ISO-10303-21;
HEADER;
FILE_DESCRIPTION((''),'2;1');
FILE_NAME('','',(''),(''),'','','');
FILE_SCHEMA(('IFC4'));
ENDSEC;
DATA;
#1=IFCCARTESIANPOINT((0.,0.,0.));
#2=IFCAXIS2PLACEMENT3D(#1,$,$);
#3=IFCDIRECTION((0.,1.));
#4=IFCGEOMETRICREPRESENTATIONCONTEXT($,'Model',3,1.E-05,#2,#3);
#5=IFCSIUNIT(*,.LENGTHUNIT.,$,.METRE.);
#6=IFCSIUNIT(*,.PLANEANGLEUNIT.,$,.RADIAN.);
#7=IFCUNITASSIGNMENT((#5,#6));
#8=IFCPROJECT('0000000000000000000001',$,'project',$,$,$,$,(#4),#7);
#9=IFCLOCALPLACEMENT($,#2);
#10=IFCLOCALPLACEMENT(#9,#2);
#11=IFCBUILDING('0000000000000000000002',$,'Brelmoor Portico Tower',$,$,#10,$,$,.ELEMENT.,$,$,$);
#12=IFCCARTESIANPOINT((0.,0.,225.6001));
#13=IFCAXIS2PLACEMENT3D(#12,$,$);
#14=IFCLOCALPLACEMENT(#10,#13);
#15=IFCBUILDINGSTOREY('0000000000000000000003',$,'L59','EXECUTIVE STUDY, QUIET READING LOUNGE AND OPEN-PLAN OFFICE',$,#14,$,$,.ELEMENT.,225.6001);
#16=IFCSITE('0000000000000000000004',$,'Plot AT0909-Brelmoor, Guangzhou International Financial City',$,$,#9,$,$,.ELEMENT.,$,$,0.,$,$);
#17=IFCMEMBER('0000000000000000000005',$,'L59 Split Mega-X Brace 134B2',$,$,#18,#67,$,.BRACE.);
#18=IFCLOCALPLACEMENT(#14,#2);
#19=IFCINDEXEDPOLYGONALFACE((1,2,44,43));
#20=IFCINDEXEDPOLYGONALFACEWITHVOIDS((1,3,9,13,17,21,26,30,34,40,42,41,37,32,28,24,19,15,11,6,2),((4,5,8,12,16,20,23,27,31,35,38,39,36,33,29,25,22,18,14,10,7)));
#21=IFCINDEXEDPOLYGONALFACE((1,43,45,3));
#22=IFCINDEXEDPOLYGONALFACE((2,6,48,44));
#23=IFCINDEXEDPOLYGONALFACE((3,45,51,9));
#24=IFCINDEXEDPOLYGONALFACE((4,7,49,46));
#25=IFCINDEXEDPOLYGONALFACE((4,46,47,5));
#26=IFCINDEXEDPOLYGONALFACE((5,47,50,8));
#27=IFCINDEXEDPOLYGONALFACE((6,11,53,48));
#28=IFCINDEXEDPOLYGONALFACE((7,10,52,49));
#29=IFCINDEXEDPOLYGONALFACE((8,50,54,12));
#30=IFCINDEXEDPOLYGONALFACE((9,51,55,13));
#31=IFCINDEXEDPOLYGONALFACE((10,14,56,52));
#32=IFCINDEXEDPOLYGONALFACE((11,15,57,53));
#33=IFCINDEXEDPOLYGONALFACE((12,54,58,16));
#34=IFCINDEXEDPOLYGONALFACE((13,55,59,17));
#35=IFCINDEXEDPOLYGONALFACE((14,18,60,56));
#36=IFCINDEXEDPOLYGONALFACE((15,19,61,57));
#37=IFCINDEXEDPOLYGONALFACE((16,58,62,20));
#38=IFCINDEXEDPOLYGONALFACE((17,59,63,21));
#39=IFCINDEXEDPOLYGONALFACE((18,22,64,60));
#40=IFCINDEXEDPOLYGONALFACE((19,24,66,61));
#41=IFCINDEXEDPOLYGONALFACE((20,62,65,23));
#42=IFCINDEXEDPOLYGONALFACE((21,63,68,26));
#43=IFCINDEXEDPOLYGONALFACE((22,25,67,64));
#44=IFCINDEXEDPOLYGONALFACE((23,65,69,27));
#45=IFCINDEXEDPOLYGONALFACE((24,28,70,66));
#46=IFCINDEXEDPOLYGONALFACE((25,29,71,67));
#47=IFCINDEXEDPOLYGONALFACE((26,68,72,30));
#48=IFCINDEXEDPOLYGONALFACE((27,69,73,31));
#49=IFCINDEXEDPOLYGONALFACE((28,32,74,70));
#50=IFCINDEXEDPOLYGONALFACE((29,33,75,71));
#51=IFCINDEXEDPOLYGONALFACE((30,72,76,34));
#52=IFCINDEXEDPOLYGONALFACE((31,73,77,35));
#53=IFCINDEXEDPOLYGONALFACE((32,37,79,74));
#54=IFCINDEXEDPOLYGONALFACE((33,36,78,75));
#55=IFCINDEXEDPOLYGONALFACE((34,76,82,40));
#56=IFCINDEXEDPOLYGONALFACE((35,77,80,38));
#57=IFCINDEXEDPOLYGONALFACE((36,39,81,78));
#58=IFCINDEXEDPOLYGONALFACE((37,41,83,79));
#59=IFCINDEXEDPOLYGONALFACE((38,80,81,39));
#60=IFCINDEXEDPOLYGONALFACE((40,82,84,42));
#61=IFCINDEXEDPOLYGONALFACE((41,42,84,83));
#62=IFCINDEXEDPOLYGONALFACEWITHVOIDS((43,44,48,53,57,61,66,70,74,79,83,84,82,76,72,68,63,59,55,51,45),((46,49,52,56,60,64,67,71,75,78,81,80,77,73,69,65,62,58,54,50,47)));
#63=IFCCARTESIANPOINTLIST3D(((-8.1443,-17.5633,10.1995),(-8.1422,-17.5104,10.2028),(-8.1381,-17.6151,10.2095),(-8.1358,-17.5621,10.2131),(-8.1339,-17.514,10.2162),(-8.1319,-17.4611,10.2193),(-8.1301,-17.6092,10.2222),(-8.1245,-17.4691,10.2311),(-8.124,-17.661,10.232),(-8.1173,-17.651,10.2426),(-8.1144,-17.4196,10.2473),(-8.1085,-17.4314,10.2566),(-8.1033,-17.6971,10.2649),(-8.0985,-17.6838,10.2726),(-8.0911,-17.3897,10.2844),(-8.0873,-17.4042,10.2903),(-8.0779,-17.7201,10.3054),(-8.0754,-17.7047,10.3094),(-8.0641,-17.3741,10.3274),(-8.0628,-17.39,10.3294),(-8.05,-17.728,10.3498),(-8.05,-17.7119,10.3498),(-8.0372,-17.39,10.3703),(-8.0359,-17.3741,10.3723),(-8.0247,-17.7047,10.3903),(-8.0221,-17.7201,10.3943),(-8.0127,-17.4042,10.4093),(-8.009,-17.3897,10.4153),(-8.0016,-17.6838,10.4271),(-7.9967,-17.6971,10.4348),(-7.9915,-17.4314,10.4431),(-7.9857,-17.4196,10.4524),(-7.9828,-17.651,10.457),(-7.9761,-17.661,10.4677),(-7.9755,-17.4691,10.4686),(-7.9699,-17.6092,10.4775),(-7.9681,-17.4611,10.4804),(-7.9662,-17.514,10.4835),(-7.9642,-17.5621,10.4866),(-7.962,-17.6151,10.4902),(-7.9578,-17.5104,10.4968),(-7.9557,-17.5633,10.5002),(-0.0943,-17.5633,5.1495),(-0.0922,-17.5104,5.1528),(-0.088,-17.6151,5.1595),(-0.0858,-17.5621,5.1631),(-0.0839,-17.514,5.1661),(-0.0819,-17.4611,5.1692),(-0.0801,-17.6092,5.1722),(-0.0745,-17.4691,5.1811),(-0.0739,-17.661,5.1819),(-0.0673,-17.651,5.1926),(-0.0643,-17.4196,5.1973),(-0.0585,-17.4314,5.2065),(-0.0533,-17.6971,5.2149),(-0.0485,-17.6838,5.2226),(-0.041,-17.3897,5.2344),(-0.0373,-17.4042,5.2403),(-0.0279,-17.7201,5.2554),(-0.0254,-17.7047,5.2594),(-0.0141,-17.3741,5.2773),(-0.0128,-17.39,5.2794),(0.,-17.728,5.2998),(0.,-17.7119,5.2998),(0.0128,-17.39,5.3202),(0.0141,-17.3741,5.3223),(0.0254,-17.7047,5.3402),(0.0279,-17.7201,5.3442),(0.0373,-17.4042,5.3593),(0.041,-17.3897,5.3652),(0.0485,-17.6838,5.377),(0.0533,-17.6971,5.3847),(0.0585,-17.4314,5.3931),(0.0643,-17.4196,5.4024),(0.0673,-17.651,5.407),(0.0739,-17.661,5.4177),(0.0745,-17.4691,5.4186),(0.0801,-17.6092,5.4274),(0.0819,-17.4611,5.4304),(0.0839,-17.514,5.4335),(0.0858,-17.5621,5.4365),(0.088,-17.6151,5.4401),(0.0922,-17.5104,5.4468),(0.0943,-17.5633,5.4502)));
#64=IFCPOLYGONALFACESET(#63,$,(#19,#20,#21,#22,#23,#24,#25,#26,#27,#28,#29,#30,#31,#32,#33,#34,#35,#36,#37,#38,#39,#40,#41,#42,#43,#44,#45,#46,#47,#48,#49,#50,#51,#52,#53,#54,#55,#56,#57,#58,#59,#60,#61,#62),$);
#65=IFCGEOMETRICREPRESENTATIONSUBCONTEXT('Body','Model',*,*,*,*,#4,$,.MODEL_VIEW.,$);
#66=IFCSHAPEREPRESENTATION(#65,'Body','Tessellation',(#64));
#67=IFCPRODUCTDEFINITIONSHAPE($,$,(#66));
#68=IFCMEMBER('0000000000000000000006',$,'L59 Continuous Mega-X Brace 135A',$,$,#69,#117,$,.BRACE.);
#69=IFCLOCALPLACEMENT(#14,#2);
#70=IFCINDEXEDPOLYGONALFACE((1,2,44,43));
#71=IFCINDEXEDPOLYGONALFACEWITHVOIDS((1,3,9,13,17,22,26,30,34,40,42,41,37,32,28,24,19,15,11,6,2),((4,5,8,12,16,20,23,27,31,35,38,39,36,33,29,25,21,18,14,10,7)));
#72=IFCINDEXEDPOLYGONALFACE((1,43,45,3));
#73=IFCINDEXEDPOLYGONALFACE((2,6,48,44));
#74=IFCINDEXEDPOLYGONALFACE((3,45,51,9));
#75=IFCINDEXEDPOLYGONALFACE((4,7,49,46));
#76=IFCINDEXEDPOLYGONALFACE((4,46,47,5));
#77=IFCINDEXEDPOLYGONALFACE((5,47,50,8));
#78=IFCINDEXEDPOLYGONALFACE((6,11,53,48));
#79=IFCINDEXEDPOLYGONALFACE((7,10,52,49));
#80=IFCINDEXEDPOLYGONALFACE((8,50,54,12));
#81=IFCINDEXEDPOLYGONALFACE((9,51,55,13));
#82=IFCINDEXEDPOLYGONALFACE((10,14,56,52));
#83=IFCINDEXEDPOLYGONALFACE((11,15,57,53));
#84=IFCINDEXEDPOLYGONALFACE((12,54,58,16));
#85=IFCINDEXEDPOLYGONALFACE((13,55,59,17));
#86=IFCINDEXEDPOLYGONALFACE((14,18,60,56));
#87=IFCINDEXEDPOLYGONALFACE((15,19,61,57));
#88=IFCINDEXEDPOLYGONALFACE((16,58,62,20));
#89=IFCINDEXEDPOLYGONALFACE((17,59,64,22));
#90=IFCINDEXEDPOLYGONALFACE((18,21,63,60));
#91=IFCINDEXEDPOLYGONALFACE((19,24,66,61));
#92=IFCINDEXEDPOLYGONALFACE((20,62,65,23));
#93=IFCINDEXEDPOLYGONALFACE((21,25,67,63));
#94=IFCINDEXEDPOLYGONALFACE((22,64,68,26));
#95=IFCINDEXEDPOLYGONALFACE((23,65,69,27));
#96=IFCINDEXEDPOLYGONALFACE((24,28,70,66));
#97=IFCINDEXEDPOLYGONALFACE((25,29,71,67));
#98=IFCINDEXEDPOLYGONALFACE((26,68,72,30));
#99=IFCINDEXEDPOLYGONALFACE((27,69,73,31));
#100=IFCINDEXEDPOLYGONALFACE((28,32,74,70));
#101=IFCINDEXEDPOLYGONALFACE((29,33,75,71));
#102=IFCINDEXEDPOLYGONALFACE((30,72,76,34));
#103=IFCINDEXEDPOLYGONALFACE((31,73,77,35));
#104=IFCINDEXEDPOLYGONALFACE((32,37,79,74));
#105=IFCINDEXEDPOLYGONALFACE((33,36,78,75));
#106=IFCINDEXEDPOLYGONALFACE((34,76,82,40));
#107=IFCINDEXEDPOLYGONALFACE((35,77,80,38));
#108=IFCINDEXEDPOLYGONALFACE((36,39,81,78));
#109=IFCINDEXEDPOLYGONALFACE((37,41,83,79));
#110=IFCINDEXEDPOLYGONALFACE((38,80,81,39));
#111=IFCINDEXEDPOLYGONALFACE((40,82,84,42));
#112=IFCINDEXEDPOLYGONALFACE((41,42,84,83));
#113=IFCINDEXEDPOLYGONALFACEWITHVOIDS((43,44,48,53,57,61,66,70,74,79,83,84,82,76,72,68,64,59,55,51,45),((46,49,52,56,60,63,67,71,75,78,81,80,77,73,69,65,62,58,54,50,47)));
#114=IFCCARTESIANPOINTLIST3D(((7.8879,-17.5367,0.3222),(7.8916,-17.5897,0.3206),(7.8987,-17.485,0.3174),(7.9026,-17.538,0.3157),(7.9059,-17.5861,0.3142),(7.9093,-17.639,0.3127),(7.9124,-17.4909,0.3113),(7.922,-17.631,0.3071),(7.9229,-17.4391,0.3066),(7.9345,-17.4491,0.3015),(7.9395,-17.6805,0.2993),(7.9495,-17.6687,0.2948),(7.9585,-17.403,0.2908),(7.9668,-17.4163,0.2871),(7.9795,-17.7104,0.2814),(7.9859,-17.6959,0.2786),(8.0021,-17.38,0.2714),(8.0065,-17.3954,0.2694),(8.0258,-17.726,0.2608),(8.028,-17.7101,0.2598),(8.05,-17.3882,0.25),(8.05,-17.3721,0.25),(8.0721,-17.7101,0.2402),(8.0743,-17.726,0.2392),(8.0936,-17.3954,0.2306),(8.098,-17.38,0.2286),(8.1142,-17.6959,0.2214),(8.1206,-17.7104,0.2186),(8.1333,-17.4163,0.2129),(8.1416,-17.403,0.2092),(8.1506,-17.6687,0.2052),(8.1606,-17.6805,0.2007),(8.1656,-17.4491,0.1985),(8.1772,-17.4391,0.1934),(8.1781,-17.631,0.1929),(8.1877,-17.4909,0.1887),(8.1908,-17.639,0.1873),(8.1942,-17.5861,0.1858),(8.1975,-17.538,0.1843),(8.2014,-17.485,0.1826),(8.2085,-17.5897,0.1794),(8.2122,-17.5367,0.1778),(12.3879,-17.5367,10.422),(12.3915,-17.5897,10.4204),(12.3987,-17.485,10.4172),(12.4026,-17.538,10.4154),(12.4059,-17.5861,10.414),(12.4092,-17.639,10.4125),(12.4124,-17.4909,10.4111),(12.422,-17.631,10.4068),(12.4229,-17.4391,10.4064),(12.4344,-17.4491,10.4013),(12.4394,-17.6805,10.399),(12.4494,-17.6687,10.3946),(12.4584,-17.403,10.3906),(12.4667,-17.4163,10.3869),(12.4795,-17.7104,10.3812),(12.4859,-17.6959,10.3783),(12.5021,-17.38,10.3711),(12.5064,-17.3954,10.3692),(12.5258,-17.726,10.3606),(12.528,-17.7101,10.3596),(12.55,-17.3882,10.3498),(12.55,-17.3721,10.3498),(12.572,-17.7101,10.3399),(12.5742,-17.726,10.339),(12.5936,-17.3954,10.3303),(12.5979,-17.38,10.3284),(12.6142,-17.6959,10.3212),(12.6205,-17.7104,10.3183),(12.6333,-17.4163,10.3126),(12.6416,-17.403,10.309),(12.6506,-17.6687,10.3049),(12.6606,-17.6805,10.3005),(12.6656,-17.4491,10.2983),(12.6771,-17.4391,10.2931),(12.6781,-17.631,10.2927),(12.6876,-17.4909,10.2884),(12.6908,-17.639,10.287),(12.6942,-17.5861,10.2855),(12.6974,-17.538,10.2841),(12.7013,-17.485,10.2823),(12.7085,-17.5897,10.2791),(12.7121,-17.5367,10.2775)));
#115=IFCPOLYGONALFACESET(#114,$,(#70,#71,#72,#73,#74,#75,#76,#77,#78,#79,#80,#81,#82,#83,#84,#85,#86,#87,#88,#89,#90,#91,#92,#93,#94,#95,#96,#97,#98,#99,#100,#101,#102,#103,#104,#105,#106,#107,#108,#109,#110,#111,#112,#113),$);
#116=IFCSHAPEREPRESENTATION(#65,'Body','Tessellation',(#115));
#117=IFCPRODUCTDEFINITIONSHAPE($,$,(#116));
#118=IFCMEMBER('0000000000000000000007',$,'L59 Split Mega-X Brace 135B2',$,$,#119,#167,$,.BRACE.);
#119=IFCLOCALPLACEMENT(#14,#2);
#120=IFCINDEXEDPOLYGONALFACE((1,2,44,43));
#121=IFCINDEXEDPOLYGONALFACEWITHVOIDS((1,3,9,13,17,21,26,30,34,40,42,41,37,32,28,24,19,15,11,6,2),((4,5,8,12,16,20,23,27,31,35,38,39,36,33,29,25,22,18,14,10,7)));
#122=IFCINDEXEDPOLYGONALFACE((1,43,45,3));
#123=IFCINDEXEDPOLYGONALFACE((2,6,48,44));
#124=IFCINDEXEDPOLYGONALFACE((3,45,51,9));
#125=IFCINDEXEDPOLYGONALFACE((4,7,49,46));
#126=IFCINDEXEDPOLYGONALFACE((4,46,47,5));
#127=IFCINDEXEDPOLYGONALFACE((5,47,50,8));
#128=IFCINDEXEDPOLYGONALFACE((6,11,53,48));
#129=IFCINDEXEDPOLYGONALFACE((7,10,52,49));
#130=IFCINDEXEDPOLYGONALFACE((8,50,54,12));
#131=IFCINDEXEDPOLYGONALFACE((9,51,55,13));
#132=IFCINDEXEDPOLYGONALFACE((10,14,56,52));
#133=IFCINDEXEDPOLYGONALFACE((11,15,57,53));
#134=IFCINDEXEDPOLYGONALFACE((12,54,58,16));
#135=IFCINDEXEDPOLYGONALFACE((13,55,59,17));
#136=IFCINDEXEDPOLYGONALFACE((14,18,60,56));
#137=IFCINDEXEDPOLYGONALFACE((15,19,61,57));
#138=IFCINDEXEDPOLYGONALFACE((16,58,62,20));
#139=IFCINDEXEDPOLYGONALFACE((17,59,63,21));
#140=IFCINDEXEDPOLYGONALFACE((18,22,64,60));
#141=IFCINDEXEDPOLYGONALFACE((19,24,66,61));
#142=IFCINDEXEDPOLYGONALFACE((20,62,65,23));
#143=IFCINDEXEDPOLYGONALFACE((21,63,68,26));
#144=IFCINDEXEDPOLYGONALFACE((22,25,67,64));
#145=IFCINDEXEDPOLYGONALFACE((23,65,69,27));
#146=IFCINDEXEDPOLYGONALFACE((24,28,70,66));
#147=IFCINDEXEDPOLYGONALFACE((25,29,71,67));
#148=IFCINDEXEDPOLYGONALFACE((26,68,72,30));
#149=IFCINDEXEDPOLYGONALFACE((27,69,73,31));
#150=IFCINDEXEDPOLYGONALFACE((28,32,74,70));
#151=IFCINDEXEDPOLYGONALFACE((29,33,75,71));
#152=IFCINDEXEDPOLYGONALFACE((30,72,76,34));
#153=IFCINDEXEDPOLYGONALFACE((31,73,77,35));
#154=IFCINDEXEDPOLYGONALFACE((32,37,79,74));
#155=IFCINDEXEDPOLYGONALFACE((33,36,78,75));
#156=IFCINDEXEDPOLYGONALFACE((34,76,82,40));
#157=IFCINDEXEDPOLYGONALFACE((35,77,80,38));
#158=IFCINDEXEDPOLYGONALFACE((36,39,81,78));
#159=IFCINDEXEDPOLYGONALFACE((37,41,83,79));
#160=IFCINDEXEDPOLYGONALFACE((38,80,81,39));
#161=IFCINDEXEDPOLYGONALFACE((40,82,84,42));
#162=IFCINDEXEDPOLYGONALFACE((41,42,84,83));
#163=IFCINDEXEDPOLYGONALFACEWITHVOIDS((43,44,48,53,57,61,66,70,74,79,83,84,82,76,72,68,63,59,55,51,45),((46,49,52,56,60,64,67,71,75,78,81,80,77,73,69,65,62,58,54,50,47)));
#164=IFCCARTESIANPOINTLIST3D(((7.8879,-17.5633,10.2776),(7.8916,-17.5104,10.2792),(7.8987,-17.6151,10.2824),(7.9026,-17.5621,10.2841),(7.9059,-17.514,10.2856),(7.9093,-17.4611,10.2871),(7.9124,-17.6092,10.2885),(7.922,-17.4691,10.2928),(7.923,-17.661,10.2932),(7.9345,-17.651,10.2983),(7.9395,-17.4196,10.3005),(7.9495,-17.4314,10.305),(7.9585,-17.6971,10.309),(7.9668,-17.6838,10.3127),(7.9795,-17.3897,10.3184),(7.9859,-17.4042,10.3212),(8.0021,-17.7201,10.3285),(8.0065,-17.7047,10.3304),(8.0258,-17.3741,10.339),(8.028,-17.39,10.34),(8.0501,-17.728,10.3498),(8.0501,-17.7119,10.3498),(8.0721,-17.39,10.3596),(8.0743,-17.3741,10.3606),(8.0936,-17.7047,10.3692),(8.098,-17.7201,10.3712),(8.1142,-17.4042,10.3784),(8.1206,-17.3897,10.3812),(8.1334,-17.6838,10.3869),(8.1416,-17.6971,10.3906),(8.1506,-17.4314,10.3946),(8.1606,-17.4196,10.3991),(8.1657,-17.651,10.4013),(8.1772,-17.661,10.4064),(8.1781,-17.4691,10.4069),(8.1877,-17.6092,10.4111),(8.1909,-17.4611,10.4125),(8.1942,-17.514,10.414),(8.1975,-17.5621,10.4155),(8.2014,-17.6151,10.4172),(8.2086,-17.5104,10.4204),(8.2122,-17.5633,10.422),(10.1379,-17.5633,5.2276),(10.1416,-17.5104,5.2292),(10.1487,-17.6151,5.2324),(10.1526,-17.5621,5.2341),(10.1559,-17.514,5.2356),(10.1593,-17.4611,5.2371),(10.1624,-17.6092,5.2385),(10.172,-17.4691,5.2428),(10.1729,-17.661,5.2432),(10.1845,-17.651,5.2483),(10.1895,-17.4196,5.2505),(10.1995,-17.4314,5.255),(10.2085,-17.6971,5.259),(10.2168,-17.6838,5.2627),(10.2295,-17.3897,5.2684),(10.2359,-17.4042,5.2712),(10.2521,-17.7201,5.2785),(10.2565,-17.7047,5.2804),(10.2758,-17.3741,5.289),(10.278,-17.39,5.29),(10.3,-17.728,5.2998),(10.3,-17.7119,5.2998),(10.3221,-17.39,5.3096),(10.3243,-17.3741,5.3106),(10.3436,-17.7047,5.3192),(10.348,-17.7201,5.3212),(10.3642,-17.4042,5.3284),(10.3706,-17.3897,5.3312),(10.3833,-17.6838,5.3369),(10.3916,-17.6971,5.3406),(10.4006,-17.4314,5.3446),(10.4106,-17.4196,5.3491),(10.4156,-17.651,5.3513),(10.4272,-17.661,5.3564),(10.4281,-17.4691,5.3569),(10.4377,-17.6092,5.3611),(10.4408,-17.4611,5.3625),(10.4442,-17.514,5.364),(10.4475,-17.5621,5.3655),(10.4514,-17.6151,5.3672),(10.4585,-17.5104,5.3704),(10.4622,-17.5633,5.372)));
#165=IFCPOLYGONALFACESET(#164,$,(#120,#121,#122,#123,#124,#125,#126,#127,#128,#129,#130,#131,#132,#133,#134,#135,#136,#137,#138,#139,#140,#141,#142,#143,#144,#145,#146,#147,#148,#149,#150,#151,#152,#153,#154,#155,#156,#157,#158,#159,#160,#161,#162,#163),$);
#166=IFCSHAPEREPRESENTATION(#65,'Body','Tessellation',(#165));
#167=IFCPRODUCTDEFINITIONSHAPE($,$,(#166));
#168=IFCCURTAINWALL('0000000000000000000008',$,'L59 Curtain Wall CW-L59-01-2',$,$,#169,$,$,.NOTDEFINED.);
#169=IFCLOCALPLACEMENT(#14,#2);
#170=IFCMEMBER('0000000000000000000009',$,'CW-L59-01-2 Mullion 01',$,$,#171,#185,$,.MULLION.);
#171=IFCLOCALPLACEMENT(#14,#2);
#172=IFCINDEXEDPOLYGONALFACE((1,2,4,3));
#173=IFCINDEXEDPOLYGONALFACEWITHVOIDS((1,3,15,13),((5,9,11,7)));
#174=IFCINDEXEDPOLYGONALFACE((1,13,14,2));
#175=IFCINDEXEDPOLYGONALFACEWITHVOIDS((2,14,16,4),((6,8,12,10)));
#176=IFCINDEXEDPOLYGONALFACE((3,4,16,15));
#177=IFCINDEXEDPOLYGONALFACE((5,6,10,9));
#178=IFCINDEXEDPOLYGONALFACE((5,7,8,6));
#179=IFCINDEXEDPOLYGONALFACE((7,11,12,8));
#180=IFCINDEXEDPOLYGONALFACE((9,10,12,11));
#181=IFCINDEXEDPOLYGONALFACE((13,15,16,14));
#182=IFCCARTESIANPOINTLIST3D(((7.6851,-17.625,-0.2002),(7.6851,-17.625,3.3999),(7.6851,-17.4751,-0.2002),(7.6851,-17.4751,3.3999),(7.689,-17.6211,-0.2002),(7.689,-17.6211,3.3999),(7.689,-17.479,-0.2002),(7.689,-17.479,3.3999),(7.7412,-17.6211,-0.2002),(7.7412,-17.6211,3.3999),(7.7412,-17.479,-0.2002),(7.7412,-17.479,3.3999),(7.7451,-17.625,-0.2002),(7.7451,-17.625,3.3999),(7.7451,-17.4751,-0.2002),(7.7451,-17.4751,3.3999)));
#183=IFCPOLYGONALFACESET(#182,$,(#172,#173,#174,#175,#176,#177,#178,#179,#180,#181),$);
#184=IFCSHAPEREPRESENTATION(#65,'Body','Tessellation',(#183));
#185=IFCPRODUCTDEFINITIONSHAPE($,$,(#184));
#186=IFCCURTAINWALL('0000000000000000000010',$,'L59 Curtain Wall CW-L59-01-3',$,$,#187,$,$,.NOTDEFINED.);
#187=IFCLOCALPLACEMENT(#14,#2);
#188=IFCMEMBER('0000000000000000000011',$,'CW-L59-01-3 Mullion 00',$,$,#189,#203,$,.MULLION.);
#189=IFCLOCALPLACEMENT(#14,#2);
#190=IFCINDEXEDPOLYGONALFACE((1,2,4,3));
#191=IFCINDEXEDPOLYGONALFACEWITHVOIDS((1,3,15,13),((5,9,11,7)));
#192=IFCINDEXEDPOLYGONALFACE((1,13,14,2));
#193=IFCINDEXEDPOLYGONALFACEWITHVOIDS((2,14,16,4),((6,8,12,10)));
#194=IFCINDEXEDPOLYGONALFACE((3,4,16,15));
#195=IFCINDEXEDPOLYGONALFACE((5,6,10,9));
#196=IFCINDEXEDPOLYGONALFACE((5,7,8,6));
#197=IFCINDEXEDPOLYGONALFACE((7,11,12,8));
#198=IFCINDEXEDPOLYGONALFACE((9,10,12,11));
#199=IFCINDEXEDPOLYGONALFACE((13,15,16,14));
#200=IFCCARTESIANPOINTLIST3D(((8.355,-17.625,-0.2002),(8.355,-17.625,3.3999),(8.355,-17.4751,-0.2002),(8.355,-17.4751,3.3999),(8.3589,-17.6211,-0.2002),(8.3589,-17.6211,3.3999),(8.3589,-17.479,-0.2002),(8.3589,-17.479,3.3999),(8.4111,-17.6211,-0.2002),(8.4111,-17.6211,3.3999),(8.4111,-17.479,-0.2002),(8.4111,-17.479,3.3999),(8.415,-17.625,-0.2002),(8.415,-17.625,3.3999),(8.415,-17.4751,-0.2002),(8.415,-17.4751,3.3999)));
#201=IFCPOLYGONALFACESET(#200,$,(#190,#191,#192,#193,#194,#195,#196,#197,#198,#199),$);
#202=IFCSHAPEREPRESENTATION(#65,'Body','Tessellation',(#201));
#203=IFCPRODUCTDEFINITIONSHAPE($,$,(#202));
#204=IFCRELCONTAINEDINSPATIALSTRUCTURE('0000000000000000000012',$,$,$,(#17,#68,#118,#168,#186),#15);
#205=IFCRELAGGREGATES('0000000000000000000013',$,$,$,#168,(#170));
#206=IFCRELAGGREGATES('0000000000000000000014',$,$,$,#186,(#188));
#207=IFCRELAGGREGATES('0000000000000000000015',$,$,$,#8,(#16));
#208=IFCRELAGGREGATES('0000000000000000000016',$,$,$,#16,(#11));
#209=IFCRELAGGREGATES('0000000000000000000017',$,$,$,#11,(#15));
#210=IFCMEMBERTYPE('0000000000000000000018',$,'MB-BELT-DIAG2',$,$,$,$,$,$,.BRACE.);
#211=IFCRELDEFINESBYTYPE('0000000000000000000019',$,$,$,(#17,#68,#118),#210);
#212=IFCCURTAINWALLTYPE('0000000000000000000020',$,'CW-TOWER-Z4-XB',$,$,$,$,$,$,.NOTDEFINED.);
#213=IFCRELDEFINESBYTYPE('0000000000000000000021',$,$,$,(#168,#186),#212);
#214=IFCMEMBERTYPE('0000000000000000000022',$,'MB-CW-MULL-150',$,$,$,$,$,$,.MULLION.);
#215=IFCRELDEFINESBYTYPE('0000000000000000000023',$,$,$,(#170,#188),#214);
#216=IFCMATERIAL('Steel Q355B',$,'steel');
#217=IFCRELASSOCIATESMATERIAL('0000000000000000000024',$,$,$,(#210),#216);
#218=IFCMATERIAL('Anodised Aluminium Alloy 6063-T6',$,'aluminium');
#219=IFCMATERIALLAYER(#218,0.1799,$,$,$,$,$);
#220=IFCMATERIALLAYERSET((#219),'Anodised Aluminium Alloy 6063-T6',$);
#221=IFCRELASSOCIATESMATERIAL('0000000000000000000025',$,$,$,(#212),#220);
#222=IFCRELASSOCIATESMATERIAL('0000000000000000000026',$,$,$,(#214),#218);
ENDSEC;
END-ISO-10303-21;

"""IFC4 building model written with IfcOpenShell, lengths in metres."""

from ifc_helpers import new_model, si_unit, direction, frame, origin, origin_2d, place, context, subcontext, project, spatial, hollow_rectangle, hollow_circle, extrude, material, layer, layer_set, material_profile, profile_set, type_object, element, aggregate, save


model = new_model("IFC4")

# Units and contexts
model_context = context("Model", 3, precision=1e-05, world=origin(), true_north=direction((0.0, 1.0)))
body_context = subcontext(model_context, "Body", "Model", "MODEL_VIEW")
ifc_project = project(units=[si_unit("LENGTHUNIT", "METRE"), si_unit("PLANEANGLEUNIT", "RADIAN")], contexts=[model_context])

# Site, building, storey
site_placement = place(None, origin())
site = spatial("IfcSite", under=ifc_project, at=site_placement, Name="Plot AT0909-Brelmoor, Guangzhou International Financial City", CompositionType="ELEMENT", RefElevation=0.0)
building_placement = place(site_placement, origin())
building = spatial("IfcBuilding", under=site, at=building_placement, Name="Brelmoor Portico Tower", CompositionType="ELEMENT")
storey_placement = place(building_placement, frame((0.0, 0.0, 225.6001)))
storey = spatial("IfcBuildingStorey", under=building, at=storey_placement, Name="L59", Description="EXECUTIVE STUDY, QUIET READING LOUNGE AND OPEN-PLAN OFFICE", CompositionType="ELEMENT", Elevation=225.6001)

# Shared definitions
ifc_material_1 = material(Name="Steel Q355B", Category="steel")

# Members
ifc_material_profile_1 = material_profile(ifc_material_1, hollow_circle(Radius=0.178, WallThickness=0.0161, at=origin_2d()), Name="CHS 356x16")
ifc_profile_set_1 = profile_set([ifc_material_profile_1], Name="Steel Q355B")
member_type_1 = type_object("IfcMemberType", Name="MB-BELT-DIAG2", PredefinedType="BRACE", material=ifc_profile_set_1)
for number, where, z_axis, x_axis, name in (
    (1, (0.0, -17.55, 5.2998), (-0.847109, 0.0, 0.531418), (0.0, -1.0, 0.0), "L59 Split Mega-X Brace 134B2"),
):
    element("IfcMember", number, at=place(storey_placement, frame(where, z_axis=z_axis, x_axis=x_axis)), inside=storey, type_object=member_type_1, Name=name, PredefinedType="BRACE", context=body_context, shape_type="SweptSolid", body=[
        extrude(hollow_circle(Radius=0.178, WallThickness=0.0161, at=origin_2d()), origin(), (0.0, 0.0, 1.0), 9.5029),
    ])
member_1_placement = place(storey_placement, frame((8.05, -17.55, 0.25), z_axis=(0.406982, 0.0, 0.913436), x_axis=(0.0, 1.0, 0.0)))
element("IfcMember", 2, at=member_1_placement, inside=storey, type_object=member_type_1, Name="L59 Continuous Mega-X Brace 135A", PredefinedType="BRACE", context=body_context, shape_type="SweptSolid", body=[
    extrude(hollow_circle(Radius=0.178, WallThickness=0.0161, at=origin_2d()), origin(), (0.0, 0.0, 1.0), 11.0569),
])
member_2_placement = place(storey_placement, frame((10.3, -17.55, 5.2998), z_axis=(-0.406974, 0.0, 0.91344), x_axis=(0.0, -1.0, 0.0)))
element("IfcMember", 3, at=member_2_placement, inside=storey, type_object=member_type_1, Name="L59 Split Mega-X Brace 135B2", PredefinedType="BRACE", context=body_context, shape_type="SweptSolid", body=[
    extrude(hollow_circle(Radius=0.178, WallThickness=0.0161, at=origin_2d()), origin(), (0.0, 0.0, 1.0), 5.5286),
])

# Curtain wall, member
ifc_material_2 = material(Name="Anodised Aluminium Alloy 6063-T6", Category="aluminium")
ifc_layer_1 = layer(ifc_material_2, 0.1799)
ifc_layer_set_1 = layer_set([ifc_layer_1], Name="Anodised Aluminium Alloy 6063-T6")
curtain_wall_type = type_object("IfcCurtainWallType", Name="CW-TOWER-Z4-XB", PredefinedType="NOTDEFINED", material=ifc_layer_set_1)
curtain_wall_1_placement = place(storey_placement, origin())
curtain_wall_1 = element("IfcCurtainWall", 4, at=curtain_wall_1_placement, inside=storey, type_object=curtain_wall_type, Name="L59 Curtain Wall CW-L59-01-2", PredefinedType="NOTDEFINED")
ifc_material_profile_2 = material_profile(ifc_material_2, hollow_rectangle(XDim=0.0601, YDim=0.1499, WallThickness=0.0039, at=origin_2d()), Name="ALU MULLION 60x150")
ifc_profile_set_2 = profile_set([ifc_material_profile_2], Name="Anodised Aluminium Alloy 6063-T6")
member_type_2 = type_object("IfcMemberType", Name="MB-CW-MULL-150", PredefinedType="MULLION", material=ifc_profile_set_2)
member_3_placement = place(storey_placement, frame((7.7151, -17.55, -0.2002), z_axis=(0.0, 0.0, 1.0), x_axis=(1.0, 0.0, 0.0)))
member_3 = element("IfcMember", 5, at=member_3_placement, type_object=member_type_2, Name="CW-L59-01-2 Mullion 01", PredefinedType="MULLION", context=body_context, shape_type="SweptSolid", body=[
    extrude(hollow_rectangle(XDim=0.0601, YDim=0.1499, WallThickness=0.0039, at=origin_2d()), origin(), (0.0, 0.0, 1.0), 3.6001),
])

# Curtain wall, member
curtain_wall_2_placement = place(storey_placement, origin())
curtain_wall_2 = element("IfcCurtainWall", 6, at=curtain_wall_2_placement, inside=storey, type_object=curtain_wall_type, Name="L59 Curtain Wall CW-L59-01-3", PredefinedType="NOTDEFINED")
member_4_placement = place(storey_placement, frame((8.385, -17.55, -0.2002), z_axis=(0.0, 0.0, 1.0), x_axis=(1.0, 0.0, 0.0)))
member_4 = element("IfcMember", 7, at=member_4_placement, type_object=member_type_2, Name="CW-L59-01-3 Mullion 00", PredefinedType="MULLION", context=body_context, shape_type="SweptSolid", body=[
    extrude(hollow_rectangle(XDim=0.0601, YDim=0.1499, WallThickness=0.0039, at=origin_2d()), origin(), (0.0, 0.0, 1.0), 3.6001),
])

aggregate(curtain_wall_1, [member_3])
aggregate(curtain_wall_2, [member_4])

save(model, "model.ifc")
